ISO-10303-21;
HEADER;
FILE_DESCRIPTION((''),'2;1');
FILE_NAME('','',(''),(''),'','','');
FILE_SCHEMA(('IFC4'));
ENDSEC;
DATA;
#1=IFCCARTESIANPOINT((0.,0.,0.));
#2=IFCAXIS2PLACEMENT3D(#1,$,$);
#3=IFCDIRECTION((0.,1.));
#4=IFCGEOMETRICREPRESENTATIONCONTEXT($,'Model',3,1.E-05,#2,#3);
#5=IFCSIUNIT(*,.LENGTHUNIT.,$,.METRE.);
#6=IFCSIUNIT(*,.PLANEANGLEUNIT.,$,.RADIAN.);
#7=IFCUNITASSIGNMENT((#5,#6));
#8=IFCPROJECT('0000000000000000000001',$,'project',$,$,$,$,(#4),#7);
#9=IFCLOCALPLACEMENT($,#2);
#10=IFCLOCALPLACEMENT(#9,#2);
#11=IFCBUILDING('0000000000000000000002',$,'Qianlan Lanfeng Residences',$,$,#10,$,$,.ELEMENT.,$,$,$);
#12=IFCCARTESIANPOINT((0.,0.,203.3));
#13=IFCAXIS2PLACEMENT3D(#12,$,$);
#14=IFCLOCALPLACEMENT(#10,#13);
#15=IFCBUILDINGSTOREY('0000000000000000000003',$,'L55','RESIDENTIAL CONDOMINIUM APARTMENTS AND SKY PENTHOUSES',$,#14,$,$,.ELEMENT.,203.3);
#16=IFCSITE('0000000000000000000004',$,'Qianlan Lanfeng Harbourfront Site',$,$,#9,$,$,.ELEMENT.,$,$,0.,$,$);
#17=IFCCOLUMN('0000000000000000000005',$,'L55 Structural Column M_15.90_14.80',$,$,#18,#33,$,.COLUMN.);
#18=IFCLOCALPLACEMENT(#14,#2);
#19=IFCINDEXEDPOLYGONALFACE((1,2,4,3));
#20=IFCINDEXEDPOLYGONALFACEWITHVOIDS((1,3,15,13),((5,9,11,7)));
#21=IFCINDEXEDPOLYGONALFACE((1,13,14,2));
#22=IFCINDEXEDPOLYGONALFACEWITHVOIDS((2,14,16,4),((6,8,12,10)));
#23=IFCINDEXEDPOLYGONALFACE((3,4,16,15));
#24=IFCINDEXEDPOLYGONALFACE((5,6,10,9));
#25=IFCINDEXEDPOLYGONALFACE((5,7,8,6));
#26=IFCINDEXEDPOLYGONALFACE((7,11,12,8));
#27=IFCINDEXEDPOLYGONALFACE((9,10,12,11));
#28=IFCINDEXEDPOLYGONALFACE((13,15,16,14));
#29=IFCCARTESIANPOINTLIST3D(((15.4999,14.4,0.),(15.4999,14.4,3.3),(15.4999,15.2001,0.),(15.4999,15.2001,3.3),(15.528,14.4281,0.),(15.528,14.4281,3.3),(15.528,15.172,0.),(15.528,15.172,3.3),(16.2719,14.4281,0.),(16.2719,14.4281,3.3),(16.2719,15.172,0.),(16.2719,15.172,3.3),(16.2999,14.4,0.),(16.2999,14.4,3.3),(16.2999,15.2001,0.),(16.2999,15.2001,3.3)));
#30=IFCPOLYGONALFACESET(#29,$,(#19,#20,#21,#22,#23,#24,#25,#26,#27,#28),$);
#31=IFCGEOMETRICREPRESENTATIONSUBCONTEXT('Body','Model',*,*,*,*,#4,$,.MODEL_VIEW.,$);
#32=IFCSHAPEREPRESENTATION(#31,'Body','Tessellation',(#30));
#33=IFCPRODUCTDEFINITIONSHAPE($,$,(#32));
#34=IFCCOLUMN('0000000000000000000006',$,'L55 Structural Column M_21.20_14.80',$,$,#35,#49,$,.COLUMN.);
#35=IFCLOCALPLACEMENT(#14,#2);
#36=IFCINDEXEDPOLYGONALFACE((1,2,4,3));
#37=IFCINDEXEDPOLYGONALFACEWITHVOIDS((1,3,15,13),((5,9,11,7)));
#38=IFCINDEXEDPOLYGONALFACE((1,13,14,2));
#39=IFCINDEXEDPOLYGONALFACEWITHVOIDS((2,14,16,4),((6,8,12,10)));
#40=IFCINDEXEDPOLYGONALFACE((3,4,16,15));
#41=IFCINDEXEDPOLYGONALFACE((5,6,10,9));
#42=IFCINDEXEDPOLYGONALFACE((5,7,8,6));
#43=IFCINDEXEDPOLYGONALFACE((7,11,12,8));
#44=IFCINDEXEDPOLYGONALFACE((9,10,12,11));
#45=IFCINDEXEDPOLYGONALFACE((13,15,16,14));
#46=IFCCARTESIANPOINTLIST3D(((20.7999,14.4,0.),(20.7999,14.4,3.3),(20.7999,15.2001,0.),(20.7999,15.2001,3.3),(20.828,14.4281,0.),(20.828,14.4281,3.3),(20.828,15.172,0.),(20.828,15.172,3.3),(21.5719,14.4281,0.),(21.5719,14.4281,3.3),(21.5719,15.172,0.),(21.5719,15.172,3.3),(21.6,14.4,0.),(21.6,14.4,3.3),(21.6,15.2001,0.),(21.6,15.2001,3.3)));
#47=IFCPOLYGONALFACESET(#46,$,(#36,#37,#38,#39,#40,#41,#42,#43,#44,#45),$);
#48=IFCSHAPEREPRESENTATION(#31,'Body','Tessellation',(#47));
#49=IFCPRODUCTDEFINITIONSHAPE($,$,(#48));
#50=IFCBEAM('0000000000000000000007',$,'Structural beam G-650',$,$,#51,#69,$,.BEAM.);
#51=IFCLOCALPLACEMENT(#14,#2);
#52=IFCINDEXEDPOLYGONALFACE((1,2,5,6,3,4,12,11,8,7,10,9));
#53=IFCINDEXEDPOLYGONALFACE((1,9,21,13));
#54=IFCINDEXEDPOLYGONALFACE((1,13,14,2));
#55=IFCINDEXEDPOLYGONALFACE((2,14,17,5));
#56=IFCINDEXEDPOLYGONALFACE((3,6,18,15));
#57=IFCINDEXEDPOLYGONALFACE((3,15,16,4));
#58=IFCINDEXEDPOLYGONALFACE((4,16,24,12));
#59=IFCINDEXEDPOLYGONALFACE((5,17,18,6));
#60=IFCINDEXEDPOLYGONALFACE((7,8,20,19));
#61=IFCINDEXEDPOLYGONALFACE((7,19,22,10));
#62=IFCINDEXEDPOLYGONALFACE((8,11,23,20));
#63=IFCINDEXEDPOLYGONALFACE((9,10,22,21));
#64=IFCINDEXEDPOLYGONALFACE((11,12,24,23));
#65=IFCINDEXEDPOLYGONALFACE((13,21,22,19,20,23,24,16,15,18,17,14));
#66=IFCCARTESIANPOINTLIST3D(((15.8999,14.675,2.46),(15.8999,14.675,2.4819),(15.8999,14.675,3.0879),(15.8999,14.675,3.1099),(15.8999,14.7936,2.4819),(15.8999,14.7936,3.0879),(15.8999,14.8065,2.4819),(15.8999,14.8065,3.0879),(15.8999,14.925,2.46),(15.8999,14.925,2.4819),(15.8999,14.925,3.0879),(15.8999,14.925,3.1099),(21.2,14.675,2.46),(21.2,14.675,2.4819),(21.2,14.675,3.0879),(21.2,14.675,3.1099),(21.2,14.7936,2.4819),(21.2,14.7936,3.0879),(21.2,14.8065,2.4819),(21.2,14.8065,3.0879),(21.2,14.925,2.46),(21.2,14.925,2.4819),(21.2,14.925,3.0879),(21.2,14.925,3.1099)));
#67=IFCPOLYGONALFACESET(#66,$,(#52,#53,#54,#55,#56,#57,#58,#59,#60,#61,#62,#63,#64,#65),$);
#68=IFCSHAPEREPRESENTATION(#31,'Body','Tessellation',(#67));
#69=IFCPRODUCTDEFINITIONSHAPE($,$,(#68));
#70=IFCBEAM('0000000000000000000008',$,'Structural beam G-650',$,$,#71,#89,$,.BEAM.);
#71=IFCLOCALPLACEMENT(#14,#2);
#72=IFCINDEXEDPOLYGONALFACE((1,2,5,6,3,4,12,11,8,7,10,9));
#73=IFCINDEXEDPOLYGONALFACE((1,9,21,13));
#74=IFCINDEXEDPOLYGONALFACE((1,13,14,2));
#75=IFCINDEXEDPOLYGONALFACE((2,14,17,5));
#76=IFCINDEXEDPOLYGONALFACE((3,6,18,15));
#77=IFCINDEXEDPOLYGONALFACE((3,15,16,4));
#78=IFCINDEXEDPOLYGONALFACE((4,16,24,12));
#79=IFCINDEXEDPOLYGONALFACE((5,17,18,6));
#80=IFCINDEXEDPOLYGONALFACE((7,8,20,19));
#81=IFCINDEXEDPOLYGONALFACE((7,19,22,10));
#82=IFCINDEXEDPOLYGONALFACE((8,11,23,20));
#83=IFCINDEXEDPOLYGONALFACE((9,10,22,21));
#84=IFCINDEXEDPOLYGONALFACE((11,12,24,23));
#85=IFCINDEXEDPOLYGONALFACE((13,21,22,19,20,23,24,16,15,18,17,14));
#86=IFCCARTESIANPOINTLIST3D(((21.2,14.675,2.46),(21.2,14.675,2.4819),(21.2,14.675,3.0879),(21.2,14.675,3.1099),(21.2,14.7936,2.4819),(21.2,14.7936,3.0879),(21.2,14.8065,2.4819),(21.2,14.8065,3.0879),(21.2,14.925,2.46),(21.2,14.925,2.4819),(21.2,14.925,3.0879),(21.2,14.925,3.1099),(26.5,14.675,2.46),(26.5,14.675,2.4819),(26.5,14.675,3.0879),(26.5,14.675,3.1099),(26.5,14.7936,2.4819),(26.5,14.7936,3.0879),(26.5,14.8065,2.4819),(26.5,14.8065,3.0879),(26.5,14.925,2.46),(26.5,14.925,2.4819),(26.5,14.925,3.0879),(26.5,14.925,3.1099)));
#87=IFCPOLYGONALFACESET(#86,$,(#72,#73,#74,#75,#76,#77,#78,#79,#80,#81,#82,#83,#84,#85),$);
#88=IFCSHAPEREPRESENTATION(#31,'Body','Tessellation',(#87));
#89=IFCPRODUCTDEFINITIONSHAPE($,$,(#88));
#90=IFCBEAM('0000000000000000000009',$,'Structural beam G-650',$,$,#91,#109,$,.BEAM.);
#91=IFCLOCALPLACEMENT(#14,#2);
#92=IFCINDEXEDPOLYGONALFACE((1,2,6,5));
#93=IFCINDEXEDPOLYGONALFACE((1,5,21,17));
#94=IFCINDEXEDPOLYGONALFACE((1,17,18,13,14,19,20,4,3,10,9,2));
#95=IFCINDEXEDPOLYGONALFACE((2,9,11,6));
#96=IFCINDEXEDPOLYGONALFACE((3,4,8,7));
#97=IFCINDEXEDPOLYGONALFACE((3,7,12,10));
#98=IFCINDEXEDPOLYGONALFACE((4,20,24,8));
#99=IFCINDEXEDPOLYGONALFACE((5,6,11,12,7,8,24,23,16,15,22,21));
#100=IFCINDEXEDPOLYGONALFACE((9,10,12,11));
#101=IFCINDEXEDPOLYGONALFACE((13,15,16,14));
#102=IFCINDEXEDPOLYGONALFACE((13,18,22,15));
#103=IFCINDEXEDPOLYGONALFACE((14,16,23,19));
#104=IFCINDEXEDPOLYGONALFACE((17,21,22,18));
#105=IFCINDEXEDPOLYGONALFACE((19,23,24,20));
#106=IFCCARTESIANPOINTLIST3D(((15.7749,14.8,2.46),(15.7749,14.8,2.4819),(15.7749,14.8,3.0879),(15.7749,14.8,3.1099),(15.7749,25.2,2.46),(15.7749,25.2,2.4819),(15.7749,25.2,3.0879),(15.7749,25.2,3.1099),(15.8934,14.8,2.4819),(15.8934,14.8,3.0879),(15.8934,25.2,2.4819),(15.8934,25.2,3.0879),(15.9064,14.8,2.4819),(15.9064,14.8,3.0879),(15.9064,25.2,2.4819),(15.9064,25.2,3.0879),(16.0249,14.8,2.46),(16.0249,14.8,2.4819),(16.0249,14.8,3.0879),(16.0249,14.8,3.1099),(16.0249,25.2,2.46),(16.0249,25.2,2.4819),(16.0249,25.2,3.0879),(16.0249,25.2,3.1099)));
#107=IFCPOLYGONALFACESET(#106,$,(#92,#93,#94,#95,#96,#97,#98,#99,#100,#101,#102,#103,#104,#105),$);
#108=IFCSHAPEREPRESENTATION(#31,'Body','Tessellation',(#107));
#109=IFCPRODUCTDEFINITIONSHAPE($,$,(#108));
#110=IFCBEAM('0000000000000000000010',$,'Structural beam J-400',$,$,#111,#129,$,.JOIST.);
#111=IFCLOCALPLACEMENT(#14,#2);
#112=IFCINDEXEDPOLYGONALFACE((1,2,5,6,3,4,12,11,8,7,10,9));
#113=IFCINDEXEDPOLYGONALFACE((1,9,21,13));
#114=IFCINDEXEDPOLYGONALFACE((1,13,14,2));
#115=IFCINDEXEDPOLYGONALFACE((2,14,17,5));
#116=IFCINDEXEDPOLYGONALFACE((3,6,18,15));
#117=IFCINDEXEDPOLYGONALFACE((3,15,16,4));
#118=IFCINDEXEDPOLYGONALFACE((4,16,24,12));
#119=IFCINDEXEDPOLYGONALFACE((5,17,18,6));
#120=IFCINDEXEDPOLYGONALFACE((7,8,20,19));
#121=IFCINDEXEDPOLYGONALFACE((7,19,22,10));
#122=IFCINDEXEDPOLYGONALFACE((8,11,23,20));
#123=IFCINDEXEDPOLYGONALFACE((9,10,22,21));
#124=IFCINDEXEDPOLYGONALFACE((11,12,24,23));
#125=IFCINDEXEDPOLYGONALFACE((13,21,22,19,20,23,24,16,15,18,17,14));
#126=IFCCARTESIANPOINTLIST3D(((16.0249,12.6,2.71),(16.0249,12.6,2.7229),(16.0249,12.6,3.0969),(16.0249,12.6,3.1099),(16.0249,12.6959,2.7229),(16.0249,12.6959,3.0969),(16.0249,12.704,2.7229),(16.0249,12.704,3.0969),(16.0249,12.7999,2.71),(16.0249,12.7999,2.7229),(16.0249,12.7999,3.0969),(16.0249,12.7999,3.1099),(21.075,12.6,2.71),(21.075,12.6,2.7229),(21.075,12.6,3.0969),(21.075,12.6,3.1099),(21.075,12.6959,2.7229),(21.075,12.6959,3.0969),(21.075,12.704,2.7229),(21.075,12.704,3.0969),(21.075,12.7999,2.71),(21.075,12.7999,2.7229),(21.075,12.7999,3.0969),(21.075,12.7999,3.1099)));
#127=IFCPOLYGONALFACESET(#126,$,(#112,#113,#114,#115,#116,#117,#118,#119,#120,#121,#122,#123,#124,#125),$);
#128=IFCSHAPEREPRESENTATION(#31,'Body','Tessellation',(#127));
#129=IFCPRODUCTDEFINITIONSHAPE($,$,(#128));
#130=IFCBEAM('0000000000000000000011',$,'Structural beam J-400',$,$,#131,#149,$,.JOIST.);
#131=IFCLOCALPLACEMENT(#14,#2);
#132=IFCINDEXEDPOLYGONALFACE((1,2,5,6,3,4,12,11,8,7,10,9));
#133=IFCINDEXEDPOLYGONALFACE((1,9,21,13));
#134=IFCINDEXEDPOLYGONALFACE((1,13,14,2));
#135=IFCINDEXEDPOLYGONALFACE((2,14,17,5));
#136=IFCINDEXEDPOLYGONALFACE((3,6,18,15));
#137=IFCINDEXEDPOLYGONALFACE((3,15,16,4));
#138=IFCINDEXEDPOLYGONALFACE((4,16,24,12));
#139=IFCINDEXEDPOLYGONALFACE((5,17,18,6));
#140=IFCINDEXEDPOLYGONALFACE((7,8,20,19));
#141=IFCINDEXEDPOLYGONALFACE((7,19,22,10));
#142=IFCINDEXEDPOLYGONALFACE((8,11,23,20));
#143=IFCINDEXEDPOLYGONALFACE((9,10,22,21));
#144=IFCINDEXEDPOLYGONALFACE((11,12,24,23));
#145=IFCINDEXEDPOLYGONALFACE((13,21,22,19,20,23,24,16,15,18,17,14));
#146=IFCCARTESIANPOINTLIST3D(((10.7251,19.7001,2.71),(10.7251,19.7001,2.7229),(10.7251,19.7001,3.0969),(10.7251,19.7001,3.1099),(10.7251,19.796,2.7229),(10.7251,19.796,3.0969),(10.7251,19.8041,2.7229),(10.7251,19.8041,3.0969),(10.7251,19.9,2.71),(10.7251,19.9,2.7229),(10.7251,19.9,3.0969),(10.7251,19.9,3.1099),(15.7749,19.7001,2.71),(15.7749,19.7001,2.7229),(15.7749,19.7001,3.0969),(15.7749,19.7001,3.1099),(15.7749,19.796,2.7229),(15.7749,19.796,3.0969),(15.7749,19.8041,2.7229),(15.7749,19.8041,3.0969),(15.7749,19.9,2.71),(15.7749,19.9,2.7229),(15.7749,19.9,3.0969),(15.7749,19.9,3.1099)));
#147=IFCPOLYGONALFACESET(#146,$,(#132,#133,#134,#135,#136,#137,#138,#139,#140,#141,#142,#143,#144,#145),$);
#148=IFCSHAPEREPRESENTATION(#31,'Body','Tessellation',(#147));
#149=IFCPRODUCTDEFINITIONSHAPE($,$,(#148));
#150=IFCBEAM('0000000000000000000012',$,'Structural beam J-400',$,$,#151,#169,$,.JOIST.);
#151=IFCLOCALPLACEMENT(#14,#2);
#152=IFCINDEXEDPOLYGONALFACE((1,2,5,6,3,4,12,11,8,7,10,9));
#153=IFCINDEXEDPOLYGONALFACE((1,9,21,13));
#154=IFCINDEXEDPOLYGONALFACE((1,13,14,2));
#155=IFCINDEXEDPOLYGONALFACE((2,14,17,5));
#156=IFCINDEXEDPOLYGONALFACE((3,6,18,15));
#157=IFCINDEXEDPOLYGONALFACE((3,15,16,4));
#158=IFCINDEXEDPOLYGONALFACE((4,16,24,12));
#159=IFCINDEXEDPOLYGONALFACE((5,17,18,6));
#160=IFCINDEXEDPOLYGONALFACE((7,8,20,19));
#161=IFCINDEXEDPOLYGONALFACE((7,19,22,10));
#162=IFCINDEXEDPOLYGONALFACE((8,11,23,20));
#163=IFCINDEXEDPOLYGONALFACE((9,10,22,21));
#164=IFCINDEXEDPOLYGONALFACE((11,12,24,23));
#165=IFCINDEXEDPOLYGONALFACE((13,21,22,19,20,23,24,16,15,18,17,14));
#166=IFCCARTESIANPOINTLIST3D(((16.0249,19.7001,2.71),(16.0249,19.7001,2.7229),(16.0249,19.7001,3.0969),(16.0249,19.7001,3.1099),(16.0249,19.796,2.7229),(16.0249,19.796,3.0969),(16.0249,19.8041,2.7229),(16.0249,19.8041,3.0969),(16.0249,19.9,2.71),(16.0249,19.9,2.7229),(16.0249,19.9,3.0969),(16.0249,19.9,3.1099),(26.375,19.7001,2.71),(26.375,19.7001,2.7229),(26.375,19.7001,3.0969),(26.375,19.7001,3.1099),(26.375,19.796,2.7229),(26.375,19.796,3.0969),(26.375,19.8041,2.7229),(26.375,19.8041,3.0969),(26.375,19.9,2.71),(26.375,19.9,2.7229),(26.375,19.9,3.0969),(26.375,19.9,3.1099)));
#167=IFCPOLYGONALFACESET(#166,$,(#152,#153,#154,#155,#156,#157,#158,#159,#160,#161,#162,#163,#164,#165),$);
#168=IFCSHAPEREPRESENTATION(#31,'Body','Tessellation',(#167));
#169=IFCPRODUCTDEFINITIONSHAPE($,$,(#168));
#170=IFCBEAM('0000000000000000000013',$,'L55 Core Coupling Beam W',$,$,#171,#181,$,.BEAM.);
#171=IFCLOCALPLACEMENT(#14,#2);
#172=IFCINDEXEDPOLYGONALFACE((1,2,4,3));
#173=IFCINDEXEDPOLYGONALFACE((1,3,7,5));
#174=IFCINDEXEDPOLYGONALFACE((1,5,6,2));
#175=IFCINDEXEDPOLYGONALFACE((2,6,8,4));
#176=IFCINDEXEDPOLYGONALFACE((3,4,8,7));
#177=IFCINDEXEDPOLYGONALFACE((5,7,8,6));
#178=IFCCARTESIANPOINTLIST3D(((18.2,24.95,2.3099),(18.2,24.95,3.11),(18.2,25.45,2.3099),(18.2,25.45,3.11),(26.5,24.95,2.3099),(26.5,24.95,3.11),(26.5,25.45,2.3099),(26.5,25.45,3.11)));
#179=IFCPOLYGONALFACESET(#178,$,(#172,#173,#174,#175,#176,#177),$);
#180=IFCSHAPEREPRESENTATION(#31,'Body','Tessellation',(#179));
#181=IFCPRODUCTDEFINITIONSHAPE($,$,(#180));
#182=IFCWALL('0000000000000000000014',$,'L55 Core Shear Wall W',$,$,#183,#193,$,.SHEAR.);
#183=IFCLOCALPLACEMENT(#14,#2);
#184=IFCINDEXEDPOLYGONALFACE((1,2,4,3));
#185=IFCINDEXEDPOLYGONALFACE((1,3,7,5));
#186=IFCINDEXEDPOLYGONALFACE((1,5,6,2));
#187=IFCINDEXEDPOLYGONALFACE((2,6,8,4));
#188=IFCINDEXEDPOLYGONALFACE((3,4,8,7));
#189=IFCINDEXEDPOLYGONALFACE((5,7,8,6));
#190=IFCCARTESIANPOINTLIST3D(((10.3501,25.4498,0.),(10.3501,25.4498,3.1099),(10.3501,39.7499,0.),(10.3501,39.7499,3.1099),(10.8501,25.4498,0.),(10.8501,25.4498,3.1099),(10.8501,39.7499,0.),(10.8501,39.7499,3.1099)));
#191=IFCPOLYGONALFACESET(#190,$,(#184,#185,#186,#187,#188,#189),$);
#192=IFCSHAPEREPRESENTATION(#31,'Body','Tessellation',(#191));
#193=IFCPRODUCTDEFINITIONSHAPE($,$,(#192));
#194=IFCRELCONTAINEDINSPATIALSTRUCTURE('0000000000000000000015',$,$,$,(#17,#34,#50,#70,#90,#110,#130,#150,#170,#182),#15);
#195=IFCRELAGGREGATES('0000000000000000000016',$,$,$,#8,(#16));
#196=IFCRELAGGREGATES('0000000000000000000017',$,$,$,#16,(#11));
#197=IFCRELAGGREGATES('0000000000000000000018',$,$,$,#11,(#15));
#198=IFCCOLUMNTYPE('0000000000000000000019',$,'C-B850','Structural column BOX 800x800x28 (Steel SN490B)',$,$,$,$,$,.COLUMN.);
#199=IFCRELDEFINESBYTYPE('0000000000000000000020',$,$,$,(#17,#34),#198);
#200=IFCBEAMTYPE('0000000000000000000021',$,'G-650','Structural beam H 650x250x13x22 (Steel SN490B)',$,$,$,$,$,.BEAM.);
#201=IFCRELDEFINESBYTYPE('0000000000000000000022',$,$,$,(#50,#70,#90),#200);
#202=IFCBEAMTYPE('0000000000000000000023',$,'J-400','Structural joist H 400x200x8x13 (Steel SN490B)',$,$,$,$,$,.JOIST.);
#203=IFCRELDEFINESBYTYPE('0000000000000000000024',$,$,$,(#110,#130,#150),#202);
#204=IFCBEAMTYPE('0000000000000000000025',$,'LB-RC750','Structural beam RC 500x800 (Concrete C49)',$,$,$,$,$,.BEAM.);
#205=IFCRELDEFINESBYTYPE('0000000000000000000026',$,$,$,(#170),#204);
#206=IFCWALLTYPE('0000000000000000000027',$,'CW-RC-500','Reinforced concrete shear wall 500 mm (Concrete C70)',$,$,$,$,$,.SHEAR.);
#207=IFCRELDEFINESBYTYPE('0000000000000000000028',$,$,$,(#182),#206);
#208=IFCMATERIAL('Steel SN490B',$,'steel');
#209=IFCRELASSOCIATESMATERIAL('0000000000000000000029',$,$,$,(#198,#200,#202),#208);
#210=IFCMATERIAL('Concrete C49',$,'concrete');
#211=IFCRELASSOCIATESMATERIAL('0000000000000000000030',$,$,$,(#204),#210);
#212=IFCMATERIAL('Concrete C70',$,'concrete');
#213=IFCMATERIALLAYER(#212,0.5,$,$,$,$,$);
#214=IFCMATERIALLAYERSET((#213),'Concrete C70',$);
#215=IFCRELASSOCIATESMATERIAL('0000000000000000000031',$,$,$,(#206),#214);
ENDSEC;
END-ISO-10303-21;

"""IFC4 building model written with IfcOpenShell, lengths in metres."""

from ifc_helpers import new_model, si_unit, direction, frame, frame_2d, origin, origin_2d, place, context, subcontext, project, spatial, rectangle, hollow_rectangle, i_section, extrude, material, layer, layer_set, material_profile, profile_set, type_object, element, save


model = new_model("IFC4")

# Units and contexts
model_context = context("Model", 3, precision=1e-05, world=origin(), true_north=direction((0.0, 1.0)))
body_context = subcontext(model_context, "Body", "Model", "MODEL_VIEW")
ifc_project = project(units=[si_unit("LENGTHUNIT", "METRE"), si_unit("PLANEANGLEUNIT", "RADIAN")], contexts=[model_context])

# Site, building, storey
site_placement = place(None, origin())
site = spatial("IfcSite", under=ifc_project, at=site_placement, Name="Qianlan Lanfeng Harbourfront Site", CompositionType="ELEMENT", RefElevation=0.0)
building_placement = place(site_placement, origin())
building = spatial("IfcBuilding", under=site, at=building_placement, Name="Qianlan Lanfeng Residences", CompositionType="ELEMENT")
storey_placement = place(building_placement, frame((0.0, 0.0, 203.3)))
storey = spatial("IfcBuildingStorey", under=building, at=storey_placement, Name="L55", Description="RESIDENTIAL CONDOMINIUM APARTMENTS AND SKY PENTHOUSES", CompositionType="ELEMENT", Elevation=203.3)

# Columns
ifc_material_1 = material(Name="Steel SN490B", Category="steel")
ifc_material_profile_1 = material_profile(ifc_material_1, hollow_rectangle(XDim=0.8, YDim=0.8, WallThickness=0.0281, at=origin_2d()), Name="BOX 800x800x28")
ifc_profile_set_1 = profile_set([ifc_material_profile_1], Name="Steel SN490B")
column_type = type_object("IfcColumnType", Name="C-B850", Description="Structural column BOX 800x800x28 (Steel SN490B)", PredefinedType="COLUMN", material=ifc_profile_set_1)
for number, where, z_axis, x_axis, name in (
    (1, (15.8999, 14.8, 0.0), (0.0, 0.0, 1.0), (1.0, 0.0, 0.0), "L55 Structural Column M_15.90_14.80"),
    (2, (21.2, 14.8, 0.0), (0.0, 0.0, 1.0), (1.0, 0.0, 0.0), "L55 Structural Column M_21.20_14.80"),
):
    element("IfcColumn", number, at=place(storey_placement, frame(where, z_axis=z_axis, x_axis=x_axis)), inside=storey, type_object=column_type, Name=name, PredefinedType="COLUMN", context=body_context, shape_type="SweptSolid", body=[
        extrude(hollow_rectangle(XDim=0.8, YDim=0.8, WallThickness=0.0281, at=origin_2d()), origin(), (0.0, 0.0, 1.0), 3.3),
    ])

# Beams
ifc_material_profile_2 = material_profile(ifc_material_1, i_section(OverallWidth=0.25, OverallDepth=0.6499, WebThickness=0.0129, FlangeThickness=0.022, at=origin_2d()), Name="H 650x250x13x22")
ifc_profile_set_2 = profile_set([ifc_material_profile_2], Name="Steel SN490B")
beam_type_1 = type_object("IfcBeamType", Name="G-650", Description="Structural beam H 650x250x13x22 (Steel SN490B)", PredefinedType="BEAM", material=ifc_profile_set_2)
for number, where, z_axis, x_axis, name in (
    (3, (15.8999, 14.8, 2.7849), (1.0, 0.0, 0.0), (0.0, 1.0, 0.0), "Structural beam G-650"),
    (4, (21.2, 14.8, 2.7849), (1.0, 0.0, 0.0), (0.0, 1.0, 0.0), "Structural beam G-650"),
):
    element("IfcBeam", number, at=place(storey_placement, frame(where, z_axis=z_axis, x_axis=x_axis)), inside=storey, type_object=beam_type_1, Name=name, PredefinedType="BEAM", context=body_context, shape_type="SweptSolid", body=[
        extrude(i_section(OverallWidth=0.25, OverallDepth=0.6499, WebThickness=0.0129, FlangeThickness=0.022, at=origin_2d()), origin(), (0.0, 0.0, 1.0), 5.3),
    ])
beam_1_placement = place(storey_placement, frame((15.8999, 14.8, 2.7849), z_axis=(0.0, 1.0, 0.0), x_axis=(-1.0, 0.0, 0.0)))
element("IfcBeam", 5, at=beam_1_placement, inside=storey, type_object=beam_type_1, Name="Structural beam G-650", PredefinedType="BEAM", context=body_context, shape_type="SweptSolid", body=[
    extrude(i_section(OverallWidth=0.25, OverallDepth=0.6499, WebThickness=0.0129, FlangeThickness=0.022, at=origin_2d()), origin(), (0.0, 0.0, 1.0), 10.3999),
])
ifc_material_profile_3 = material_profile(ifc_material_1, i_section(OverallWidth=0.2, OverallDepth=0.3999, WebThickness=0.0081, FlangeThickness=0.0129, at=origin_2d()), Name="H 400x200x8x13")
ifc_profile_set_3 = profile_set([ifc_material_profile_3], Name="Steel SN490B")
beam_type_2 = type_object("IfcBeamType", Name="J-400", Description="Structural joist H 400x200x8x13 (Steel SN490B)", PredefinedType="JOIST", material=ifc_profile_set_3)
beam_2_placement = place(storey_placement, frame((16.0249, 12.7, 2.9099), z_axis=(1.0, 0.0, 0.0), x_axis=(0.0, 1.0, 0.0)))
element("IfcBeam", 6, at=beam_2_placement, inside=storey, type_object=beam_type_2, Name="Structural beam J-400", PredefinedType="JOIST", context=body_context, shape_type="SweptSolid", body=[
    extrude(i_section(OverallWidth=0.2, OverallDepth=0.3999, WebThickness=0.0081, FlangeThickness=0.0129, at=origin_2d()), origin(), (0.0, 0.0, 1.0), 5.05),
])
beam_3_placement = place(storey_placement, frame((10.7251, 19.8, 2.9099), z_axis=(1.0, 0.0, 0.0), x_axis=(0.0, 1.0, 0.0)))
element("IfcBeam", 7, at=beam_3_placement, inside=storey, type_object=beam_type_2, Name="Structural beam J-400", PredefinedType="JOIST", context=body_context, shape_type="SweptSolid", body=[
    extrude(i_section(OverallWidth=0.2, OverallDepth=0.3999, WebThickness=0.0081, FlangeThickness=0.0129, at=origin_2d()), origin(), (0.0, 0.0, 1.0), 5.0498),
])
beam_4_placement = place(storey_placement, frame((16.0249, 19.8, 2.9099), z_axis=(1.0, 0.0, 0.0), x_axis=(0.0, 1.0, 0.0)))
element("IfcBeam", 8, at=beam_4_placement, inside=storey, type_object=beam_type_2, Name="Structural beam J-400", PredefinedType="JOIST", context=body_context, shape_type="SweptSolid", body=[
    extrude(i_section(OverallWidth=0.2, OverallDepth=0.3999, WebThickness=0.0081, FlangeThickness=0.0129, at=origin_2d()), origin(), (0.0, 0.0, 1.0), 10.3501),
])
ifc_material_2 = material(Name="Concrete C49", Category="concrete")
ifc_material_profile_4 = material_profile(ifc_material_2, rectangle(XDim=0.5, YDim=0.8, at=origin_2d()), Name="RC 500x800")
ifc_profile_set_4 = profile_set([ifc_material_profile_4], Name="Concrete C49")
beam_type_3 = type_object("IfcBeamType", Name="LB-RC750", Description="Structural beam RC 500x800 (Concrete C49)", PredefinedType="BEAM", material=ifc_profile_set_4)
beam_5_placement = place(storey_placement, frame((18.2, 25.2, 2.71), z_axis=(1.0, 0.0, 0.0), x_axis=(0.0, 1.0, 0.0)))
element("IfcBeam", 9, at=beam_5_placement, inside=storey, type_object=beam_type_3, Name="L55 Core Coupling Beam W", PredefinedType="BEAM", context=body_context, shape_type="SweptSolid", body=[
    extrude(rectangle(XDim=0.5, YDim=0.8, at=origin_2d()), origin(), (0.0, 0.0, 1.0), 8.3),
])

# Wall
ifc_material_3 = material(Name="Concrete C70", Category="concrete")
ifc_layer_1 = layer(ifc_material_3, 0.5)
ifc_layer_set_1 = layer_set([ifc_layer_1], Name="Concrete C70")
wall_type_1 = type_object("IfcWallType", Name="CW-RC-500", Description="Reinforced concrete shear wall 500 mm (Concrete C70)", PredefinedType="SHEAR", material=ifc_layer_set_1)
wall_1_placement = place(storey_placement, frame((10.6001, 25.45, 0.0), z_axis=(0.0, 0.0, 1.0), x_axis=(0.0, 1.0, 0.0)))
element("IfcWall", 10, at=wall_1_placement, inside=storey, type_object=wall_type_1, Name="L55 Core Shear Wall W", PredefinedType="SHEAR", context=body_context, shape_type="SweptSolid", body=[
    extrude(rectangle(XDim=14.3, YDim=0.5, at=frame_2d((7.1499, 0.0))), origin(), (0.0, 0.0, 1.0), 3.1099),
])

save(model, "model.ifc")
